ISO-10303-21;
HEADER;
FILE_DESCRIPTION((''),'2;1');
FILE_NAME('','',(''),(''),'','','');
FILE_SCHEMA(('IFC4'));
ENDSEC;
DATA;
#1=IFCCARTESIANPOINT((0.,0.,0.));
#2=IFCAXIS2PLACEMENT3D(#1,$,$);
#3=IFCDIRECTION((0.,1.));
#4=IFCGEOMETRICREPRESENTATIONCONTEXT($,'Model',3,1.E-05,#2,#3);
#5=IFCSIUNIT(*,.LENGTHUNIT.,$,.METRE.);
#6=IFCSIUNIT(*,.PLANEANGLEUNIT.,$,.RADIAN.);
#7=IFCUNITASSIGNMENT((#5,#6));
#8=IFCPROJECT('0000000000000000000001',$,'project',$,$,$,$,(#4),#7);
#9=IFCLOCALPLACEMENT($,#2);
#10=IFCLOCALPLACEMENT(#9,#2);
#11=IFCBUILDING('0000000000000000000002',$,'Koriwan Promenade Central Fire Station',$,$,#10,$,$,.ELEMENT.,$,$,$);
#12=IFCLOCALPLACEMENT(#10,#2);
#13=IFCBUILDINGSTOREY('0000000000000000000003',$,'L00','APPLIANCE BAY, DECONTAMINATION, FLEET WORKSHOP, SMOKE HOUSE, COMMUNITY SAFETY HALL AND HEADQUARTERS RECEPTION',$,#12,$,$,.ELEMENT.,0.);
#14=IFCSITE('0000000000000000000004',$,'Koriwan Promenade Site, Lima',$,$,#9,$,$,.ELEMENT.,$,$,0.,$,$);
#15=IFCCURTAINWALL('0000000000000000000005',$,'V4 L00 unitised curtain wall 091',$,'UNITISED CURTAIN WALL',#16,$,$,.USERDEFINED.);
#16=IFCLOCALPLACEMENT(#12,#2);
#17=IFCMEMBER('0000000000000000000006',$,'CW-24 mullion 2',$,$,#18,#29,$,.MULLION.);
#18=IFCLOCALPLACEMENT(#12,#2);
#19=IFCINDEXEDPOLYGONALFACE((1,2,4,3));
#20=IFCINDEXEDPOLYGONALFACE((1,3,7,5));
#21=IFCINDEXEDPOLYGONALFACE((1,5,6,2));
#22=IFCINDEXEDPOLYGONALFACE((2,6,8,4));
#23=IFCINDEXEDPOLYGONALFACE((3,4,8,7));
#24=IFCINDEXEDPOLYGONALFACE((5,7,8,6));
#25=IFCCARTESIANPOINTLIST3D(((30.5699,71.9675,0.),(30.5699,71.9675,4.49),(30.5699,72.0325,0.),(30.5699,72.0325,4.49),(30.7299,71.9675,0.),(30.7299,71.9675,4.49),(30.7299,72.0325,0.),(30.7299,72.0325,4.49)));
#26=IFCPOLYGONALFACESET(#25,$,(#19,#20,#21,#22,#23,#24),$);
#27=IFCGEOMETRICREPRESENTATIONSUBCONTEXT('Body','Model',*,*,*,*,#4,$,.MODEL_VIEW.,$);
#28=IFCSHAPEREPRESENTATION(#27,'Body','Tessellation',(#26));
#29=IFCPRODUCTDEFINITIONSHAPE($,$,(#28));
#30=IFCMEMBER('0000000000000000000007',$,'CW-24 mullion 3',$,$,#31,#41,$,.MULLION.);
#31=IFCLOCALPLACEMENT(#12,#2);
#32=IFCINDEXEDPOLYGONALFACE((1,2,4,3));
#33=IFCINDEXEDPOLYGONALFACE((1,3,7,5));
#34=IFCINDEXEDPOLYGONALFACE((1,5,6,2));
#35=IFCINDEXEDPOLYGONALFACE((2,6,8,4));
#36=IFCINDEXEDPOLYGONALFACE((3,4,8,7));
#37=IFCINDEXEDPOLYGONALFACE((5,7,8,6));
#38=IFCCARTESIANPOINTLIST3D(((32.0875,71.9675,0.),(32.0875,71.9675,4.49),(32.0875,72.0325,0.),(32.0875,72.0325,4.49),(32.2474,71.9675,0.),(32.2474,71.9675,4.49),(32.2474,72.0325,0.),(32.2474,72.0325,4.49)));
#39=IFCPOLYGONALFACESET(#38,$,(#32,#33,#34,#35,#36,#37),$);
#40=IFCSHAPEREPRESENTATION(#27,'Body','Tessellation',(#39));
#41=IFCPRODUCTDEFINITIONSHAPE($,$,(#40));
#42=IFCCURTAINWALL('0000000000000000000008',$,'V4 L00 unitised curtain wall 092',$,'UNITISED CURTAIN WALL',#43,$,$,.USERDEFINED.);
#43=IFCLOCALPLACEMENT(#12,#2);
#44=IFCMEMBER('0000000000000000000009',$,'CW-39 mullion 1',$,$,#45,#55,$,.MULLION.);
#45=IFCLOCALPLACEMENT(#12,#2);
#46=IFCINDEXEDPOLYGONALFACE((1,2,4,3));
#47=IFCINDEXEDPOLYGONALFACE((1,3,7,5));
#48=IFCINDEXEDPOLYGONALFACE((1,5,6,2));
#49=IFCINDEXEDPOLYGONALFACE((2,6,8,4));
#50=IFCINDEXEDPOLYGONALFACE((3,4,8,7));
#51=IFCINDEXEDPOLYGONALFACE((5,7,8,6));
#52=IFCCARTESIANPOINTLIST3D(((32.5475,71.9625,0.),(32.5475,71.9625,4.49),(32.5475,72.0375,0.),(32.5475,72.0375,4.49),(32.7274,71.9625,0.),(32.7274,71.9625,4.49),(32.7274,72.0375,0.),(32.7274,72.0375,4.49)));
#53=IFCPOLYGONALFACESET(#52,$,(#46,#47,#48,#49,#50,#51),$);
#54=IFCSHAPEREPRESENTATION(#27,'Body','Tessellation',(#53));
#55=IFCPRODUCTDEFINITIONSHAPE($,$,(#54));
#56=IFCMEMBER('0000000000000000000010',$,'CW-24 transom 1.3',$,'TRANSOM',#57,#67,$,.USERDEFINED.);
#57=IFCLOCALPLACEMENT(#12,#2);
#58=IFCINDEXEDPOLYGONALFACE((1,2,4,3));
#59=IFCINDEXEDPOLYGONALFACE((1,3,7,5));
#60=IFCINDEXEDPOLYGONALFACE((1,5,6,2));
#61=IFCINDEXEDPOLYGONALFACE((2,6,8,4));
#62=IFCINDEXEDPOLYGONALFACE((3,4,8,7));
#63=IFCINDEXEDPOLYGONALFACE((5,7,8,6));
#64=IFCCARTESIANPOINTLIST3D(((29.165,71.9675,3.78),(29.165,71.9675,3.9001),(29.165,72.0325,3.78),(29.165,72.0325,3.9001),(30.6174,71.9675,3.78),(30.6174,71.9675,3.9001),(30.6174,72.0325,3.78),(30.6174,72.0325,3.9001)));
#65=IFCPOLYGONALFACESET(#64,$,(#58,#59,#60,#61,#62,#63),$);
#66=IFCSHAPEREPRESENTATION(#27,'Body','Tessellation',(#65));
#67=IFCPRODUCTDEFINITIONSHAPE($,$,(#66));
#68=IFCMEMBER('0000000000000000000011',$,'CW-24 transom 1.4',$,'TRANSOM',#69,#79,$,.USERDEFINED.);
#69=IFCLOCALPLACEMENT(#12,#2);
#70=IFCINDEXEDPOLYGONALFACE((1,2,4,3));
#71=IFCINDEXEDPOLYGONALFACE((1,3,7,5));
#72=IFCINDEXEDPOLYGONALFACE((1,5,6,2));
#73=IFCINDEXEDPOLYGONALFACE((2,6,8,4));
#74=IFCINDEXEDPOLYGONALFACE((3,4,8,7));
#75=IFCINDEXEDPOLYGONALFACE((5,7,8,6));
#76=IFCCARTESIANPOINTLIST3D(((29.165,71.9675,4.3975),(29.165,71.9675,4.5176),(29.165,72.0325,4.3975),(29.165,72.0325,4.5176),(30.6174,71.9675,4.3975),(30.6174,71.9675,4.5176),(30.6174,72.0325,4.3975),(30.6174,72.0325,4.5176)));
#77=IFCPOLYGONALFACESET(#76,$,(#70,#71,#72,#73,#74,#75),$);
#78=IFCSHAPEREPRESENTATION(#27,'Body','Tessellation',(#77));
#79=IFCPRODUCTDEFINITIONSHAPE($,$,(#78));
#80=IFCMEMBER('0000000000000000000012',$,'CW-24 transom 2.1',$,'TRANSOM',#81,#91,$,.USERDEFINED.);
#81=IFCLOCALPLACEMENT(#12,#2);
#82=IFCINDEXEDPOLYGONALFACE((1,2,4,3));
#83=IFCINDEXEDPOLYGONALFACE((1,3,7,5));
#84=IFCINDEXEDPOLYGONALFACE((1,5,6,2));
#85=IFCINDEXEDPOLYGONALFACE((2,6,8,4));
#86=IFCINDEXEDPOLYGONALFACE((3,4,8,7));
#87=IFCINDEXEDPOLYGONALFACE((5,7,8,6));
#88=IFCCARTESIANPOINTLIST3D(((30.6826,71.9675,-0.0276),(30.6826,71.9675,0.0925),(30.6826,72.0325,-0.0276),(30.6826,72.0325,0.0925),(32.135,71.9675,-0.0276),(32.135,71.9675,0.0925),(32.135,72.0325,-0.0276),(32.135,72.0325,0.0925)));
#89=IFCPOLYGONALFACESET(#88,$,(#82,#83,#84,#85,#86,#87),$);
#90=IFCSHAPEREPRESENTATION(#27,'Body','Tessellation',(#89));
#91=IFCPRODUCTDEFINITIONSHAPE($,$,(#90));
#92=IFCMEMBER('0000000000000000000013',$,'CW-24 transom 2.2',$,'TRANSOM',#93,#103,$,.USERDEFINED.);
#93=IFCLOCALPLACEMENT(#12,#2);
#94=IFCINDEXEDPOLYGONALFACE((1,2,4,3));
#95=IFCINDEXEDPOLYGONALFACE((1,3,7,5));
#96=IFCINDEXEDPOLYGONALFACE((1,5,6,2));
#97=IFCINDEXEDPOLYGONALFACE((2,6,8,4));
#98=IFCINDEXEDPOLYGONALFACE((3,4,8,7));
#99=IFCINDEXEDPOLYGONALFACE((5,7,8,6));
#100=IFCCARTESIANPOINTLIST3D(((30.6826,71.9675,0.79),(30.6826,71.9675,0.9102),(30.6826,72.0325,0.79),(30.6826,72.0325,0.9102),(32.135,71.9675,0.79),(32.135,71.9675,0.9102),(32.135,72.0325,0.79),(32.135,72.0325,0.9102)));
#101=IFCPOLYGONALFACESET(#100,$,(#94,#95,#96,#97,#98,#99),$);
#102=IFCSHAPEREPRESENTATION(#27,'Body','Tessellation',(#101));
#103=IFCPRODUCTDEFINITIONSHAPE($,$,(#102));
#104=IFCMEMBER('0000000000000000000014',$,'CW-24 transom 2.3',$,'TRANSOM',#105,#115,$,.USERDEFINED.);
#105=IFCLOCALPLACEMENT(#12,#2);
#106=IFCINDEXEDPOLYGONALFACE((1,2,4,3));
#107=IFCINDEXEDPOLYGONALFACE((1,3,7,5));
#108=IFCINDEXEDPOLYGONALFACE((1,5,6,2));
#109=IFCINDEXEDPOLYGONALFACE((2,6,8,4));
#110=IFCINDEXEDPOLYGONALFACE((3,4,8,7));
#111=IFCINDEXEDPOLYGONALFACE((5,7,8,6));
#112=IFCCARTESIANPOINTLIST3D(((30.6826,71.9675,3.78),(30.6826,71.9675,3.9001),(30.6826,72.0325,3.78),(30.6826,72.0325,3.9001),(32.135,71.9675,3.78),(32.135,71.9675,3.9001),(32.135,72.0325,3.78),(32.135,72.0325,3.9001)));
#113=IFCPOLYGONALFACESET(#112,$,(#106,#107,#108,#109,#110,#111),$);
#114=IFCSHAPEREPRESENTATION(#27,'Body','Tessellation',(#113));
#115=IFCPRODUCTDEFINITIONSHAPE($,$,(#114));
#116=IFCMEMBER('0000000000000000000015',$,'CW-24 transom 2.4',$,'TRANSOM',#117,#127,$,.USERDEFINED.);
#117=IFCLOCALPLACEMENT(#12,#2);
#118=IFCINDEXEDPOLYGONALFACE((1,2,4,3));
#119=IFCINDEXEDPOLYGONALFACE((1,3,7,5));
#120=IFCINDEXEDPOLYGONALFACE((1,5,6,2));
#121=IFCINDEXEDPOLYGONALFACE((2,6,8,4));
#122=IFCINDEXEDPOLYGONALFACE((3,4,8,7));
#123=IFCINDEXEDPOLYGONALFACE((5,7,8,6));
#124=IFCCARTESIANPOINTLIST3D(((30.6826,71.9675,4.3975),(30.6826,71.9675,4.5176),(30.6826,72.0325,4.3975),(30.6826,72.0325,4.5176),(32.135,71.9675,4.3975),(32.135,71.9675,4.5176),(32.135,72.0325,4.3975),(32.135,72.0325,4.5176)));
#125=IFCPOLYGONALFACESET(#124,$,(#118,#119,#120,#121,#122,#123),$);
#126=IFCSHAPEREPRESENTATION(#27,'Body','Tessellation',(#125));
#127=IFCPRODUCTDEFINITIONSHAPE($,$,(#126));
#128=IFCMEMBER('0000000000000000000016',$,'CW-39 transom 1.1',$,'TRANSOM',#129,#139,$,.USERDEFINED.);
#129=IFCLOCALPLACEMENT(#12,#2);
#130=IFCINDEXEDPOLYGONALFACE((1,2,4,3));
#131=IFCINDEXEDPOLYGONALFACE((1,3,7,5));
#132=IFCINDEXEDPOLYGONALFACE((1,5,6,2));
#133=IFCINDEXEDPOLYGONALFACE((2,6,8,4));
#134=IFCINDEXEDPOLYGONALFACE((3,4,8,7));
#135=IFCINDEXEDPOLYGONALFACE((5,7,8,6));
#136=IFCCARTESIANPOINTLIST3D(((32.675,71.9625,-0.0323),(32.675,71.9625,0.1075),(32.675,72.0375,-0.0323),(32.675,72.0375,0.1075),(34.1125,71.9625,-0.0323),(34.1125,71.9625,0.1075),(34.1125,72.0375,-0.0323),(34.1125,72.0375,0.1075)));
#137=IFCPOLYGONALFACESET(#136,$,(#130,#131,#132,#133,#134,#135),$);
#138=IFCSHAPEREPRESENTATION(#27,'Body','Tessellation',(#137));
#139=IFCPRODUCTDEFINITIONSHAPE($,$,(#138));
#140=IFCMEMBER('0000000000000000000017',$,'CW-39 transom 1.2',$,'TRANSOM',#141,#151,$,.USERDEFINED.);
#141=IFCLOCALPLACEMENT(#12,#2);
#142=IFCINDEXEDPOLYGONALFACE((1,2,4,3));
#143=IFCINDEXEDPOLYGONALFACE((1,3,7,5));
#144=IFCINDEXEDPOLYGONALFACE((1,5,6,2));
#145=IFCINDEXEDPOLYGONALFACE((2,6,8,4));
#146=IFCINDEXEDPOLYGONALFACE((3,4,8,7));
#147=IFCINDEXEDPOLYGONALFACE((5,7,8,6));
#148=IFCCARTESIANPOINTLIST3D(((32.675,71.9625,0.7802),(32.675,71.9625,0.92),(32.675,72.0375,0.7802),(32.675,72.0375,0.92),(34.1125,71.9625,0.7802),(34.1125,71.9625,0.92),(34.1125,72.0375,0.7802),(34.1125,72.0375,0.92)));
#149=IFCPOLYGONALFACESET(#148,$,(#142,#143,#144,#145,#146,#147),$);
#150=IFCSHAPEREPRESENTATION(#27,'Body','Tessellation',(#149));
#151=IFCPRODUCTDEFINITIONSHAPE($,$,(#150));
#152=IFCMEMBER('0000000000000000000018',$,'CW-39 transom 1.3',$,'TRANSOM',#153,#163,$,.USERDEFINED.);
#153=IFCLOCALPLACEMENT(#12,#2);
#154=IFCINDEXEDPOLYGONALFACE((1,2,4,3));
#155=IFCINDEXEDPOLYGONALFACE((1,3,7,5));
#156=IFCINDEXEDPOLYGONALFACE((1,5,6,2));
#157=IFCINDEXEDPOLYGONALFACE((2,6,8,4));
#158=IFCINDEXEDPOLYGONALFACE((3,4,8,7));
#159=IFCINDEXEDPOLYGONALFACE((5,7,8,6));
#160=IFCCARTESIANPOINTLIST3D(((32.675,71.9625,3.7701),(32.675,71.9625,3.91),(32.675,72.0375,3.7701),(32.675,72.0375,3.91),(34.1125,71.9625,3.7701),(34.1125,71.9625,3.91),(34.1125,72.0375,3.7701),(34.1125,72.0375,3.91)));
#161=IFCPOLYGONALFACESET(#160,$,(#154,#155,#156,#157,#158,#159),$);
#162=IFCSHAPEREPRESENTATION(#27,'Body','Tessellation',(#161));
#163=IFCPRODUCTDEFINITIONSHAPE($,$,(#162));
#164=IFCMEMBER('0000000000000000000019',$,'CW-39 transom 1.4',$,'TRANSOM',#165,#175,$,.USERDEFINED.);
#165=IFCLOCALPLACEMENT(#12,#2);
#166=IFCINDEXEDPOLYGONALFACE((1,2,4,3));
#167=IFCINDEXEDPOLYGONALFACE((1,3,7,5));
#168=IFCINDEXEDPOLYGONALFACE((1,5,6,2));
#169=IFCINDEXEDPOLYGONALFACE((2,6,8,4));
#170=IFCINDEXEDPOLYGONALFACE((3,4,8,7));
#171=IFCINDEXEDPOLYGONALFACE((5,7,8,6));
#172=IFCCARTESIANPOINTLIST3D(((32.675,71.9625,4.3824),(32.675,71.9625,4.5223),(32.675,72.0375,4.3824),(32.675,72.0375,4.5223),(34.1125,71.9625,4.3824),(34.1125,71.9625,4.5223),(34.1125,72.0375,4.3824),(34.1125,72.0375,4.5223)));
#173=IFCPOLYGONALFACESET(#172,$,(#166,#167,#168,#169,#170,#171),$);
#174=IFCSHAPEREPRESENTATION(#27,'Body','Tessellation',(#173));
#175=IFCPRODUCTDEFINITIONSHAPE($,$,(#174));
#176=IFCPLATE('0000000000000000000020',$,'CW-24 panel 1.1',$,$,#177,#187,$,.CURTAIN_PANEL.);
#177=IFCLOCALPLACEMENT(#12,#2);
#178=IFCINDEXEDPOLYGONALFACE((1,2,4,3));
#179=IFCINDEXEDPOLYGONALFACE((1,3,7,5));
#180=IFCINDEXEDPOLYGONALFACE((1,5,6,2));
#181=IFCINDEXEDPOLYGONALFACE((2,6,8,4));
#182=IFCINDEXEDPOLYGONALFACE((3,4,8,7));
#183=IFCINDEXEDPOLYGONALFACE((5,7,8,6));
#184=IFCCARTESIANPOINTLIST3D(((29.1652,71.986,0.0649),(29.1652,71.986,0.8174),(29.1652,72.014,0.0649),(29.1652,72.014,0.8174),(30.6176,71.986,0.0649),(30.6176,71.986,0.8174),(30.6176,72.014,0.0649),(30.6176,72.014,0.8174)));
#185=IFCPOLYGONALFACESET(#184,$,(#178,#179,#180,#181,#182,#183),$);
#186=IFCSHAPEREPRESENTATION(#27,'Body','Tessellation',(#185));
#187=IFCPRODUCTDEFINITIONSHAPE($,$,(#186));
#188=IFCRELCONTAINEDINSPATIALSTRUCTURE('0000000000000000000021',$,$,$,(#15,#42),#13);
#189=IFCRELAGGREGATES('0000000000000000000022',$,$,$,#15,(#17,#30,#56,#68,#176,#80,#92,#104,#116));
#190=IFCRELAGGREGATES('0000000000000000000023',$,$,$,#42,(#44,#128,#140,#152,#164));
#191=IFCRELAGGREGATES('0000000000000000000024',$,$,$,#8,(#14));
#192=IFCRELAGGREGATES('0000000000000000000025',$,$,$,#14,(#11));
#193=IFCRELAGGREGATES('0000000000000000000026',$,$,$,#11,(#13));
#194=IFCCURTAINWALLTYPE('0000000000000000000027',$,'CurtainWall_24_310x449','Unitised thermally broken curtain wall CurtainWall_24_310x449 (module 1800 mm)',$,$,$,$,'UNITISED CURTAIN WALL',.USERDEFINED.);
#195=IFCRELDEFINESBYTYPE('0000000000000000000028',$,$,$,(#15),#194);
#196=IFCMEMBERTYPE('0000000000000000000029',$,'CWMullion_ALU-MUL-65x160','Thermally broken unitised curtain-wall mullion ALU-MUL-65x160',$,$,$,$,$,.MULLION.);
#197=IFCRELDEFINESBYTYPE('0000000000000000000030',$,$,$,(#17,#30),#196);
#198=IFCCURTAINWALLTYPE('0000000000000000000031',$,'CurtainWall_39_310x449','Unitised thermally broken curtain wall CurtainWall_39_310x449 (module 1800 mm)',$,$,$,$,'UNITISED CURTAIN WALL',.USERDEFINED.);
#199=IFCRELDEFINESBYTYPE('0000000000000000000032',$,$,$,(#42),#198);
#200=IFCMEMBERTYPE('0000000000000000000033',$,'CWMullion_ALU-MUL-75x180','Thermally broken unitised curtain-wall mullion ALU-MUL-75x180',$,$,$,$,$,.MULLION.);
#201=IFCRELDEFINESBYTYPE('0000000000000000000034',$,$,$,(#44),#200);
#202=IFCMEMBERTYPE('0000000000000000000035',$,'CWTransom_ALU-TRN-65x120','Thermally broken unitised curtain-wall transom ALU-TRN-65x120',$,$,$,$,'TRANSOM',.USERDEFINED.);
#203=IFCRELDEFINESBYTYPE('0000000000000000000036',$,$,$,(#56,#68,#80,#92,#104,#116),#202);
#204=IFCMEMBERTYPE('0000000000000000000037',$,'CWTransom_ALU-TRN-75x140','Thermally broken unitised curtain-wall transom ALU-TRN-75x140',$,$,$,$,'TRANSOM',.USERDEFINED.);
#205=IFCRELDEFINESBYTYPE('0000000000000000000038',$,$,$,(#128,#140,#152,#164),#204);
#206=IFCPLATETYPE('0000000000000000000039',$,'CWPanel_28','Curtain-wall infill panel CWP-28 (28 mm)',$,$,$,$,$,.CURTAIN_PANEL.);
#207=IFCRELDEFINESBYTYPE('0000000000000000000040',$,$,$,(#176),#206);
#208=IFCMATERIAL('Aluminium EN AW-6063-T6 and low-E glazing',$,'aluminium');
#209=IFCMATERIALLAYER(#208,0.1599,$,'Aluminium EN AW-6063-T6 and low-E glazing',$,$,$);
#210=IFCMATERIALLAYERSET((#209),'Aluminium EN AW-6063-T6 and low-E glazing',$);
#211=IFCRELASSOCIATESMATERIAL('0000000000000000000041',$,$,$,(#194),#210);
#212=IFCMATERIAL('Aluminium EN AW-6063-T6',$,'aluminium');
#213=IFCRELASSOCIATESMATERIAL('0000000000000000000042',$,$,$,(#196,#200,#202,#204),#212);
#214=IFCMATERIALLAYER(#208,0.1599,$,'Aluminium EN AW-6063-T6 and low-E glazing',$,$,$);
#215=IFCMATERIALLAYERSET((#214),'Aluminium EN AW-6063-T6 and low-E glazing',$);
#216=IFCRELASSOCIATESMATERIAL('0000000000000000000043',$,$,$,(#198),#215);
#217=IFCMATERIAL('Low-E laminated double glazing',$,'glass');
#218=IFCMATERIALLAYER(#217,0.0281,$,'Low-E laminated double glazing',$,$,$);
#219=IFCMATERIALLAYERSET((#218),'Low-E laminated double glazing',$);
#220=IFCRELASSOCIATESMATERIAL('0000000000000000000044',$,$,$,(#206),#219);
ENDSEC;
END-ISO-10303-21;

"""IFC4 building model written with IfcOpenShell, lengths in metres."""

from ifc_helpers import new_model, si_unit, direction, frame, origin, origin_2d, place, context, subcontext, project, spatial, rectangle, extrude, material, layer, layer_set, material_profile, profile_set, type_object, element, aggregate, save


model = new_model("IFC4")

# Units and contexts
model_context = context("Model", 3, precision=1e-05, world=origin(), true_north=direction((0.0, 1.0)))
body_context = subcontext(model_context, "Body", "Model", "MODEL_VIEW")
ifc_project = project(units=[si_unit("LENGTHUNIT", "METRE"), si_unit("PLANEANGLEUNIT", "RADIAN")], contexts=[model_context])

# Site, building, storey
site_placement = place(None, origin())
site = spatial("IfcSite", under=ifc_project, at=site_placement, Name="Koriwan Promenade Site, Lima", CompositionType="ELEMENT", RefElevation=0.0)
building_placement = place(site_placement, origin())
building = spatial("IfcBuilding", under=site, at=building_placement, Name="Koriwan Promenade Central Fire Station", CompositionType="ELEMENT")
storey_placement = place(building_placement, origin())
storey = spatial("IfcBuildingStorey", under=building, at=storey_placement, Name="L00", Description="APPLIANCE BAY, DECONTAMINATION, FLEET WORKSHOP, SMOKE HOUSE, COMMUNITY SAFETY HALL AND HEADQUARTERS RECEPTION", CompositionType="ELEMENT", Elevation=0.0)

# Curtain wall, members
ifc_material_1 = material(Name="Aluminium EN AW-6063-T6 and low-E glazing", Category="aluminium")
ifc_layer_1 = layer(ifc_material_1, 0.1599, Name="Aluminium EN AW-6063-T6 and low-E glazing")
ifc_layer_set_1 = layer_set([ifc_layer_1], Name="Aluminium EN AW-6063-T6 and low-E glazing")
curtain_wall_type_1 = type_object("IfcCurtainWallType", Name="CurtainWall_24_310x449", Description="Unitised thermally broken curtain wall CurtainWall_24_310x449 (module 1800 mm)", ElementType="UNITISED CURTAIN WALL", PredefinedType="USERDEFINED", material=ifc_layer_set_1)
curtain_wall_1_placement = place(storey_placement, origin())
curtain_wall_1 = element("IfcCurtainWall", 1, at=curtain_wall_1_placement, inside=storey, type_object=curtain_wall_type_1, Name="V4 L00 unitised curtain wall 091", ObjectType="UNITISED CURTAIN WALL", PredefinedType="USERDEFINED")
ifc_material_2 = material(Name="Aluminium EN AW-6063-T6", Category="aluminium")
ifc_material_profile_1 = material_profile(ifc_material_2, rectangle(XDim=0.0649, YDim=0.1599, at=origin_2d()), Name="ALU-MUL-65x160")
ifc_profile_set_1 = profile_set([ifc_material_profile_1], Name="Aluminium EN AW-6063-T6")
member_type_1 = type_object("IfcMemberType", Name="CWMullion_ALU-MUL-65x160", Description="Thermally broken unitised curtain-wall mullion ALU-MUL-65x160", PredefinedType="MULLION", material=ifc_profile_set_1)
member_1_placement = place(storey_placement, frame((30.6499, 72.0, 0.0), z_axis=(0.0, 0.0, 1.0), x_axis=(0.0, 1.0, 0.0)))
member_1 = element("IfcMember", 2, at=member_1_placement, type_object=member_type_1, Name="CW-24 mullion 2", PredefinedType="MULLION", context=body_context, shape_type="SweptSolid", body=[
    extrude(rectangle(XDim=0.0649, YDim=0.1599, at=origin_2d()), origin(), (0.0, 0.0, 1.0), 4.49),
])
member_2_placement = place(storey_placement, frame((32.1675, 72.0, 0.0), z_axis=(0.0, 0.0, 1.0), x_axis=(0.0, 1.0, 0.0)))
member_2 = element("IfcMember", 3, at=member_2_placement, type_object=member_type_1, Name="CW-24 mullion 3", PredefinedType="MULLION", context=body_context, shape_type="SweptSolid", body=[
    extrude(rectangle(XDim=0.0649, YDim=0.1599, at=origin_2d()), origin(), (0.0, 0.0, 1.0), 4.49),
])

# Curtain wall, member
ifc_layer_2 = layer(ifc_material_1, 0.1599, Name="Aluminium EN AW-6063-T6 and low-E glazing")
ifc_layer_set_2 = layer_set([ifc_layer_2], Name="Aluminium EN AW-6063-T6 and low-E glazing")
curtain_wall_type_2 = type_object("IfcCurtainWallType", Name="CurtainWall_39_310x449", Description="Unitised thermally broken curtain wall CurtainWall_39_310x449 (module 1800 mm)", ElementType="UNITISED CURTAIN WALL", PredefinedType="USERDEFINED", material=ifc_layer_set_2)
curtain_wall_2_placement = place(storey_placement, origin())
curtain_wall_2 = element("IfcCurtainWall", 4, at=curtain_wall_2_placement, inside=storey, type_object=curtain_wall_type_2, Name="V4 L00 unitised curtain wall 092", ObjectType="UNITISED CURTAIN WALL", PredefinedType="USERDEFINED")
ifc_material_profile_2 = material_profile(ifc_material_2, rectangle(XDim=0.075, YDim=0.1799, at=origin_2d()), Name="ALU-MUL-75x180")
ifc_profile_set_2 = profile_set([ifc_material_profile_2], Name="Aluminium EN AW-6063-T6")
member_type_2 = type_object("IfcMemberType", Name="CWMullion_ALU-MUL-75x180", Description="Thermally broken unitised curtain-wall mullion ALU-MUL-75x180", PredefinedType="MULLION", material=ifc_profile_set_2)
member_3_placement = place(storey_placement, frame((32.6375, 72.0, 0.0), z_axis=(0.0, 0.0, 1.0), x_axis=(0.0, 1.0, 0.0)))
member_3 = element("IfcMember", 5, at=member_3_placement, type_object=member_type_2, Name="CW-39 mullion 1", PredefinedType="MULLION", context=body_context, shape_type="SweptSolid", body=[
    extrude(rectangle(XDim=0.075, YDim=0.1799, at=origin_2d()), origin(), (0.0, 0.0, 1.0), 4.49),
])

# Members
ifc_material_profile_3 = material_profile(ifc_material_2, rectangle(XDim=0.0649, YDim=0.1201, at=origin_2d()), Name="ALU-TRN-65x120")
ifc_profile_set_3 = profile_set([ifc_material_profile_3], Name="Aluminium EN AW-6063-T6")
member_type_3 = type_object("IfcMemberType", Name="CWTransom_ALU-TRN-65x120", Description="Thermally broken unitised curtain-wall transom ALU-TRN-65x120", ElementType="TRANSOM", PredefinedType="USERDEFINED", material=ifc_profile_set_3)
member_4_placement = place(storey_placement, frame((29.165, 72.0, 3.8401), z_axis=(1.0, 0.0, 0.0), x_axis=(0.0, 1.0, 0.0)))
member_4 = element("IfcMember", 6, at=member_4_placement, type_object=member_type_3, Name="CW-24 transom 1.3", ObjectType="TRANSOM", PredefinedType="USERDEFINED", context=body_context, shape_type="SweptSolid", body=[
    extrude(rectangle(XDim=0.0649, YDim=0.1201, at=origin_2d()), origin(), (0.0, 0.0, 1.0), 1.4524),
])
member_5_placement = place(storey_placement, frame((29.165, 72.0, 4.4575), z_axis=(1.0, 0.0, 0.0), x_axis=(0.0, 1.0, 0.0)))
member_5 = element("IfcMember", 7, at=member_5_placement, type_object=member_type_3, Name="CW-24 transom 1.4", ObjectType="TRANSOM", PredefinedType="USERDEFINED", context=body_context, shape_type="SweptSolid", body=[
    extrude(rectangle(XDim=0.0649, YDim=0.1201, at=origin_2d()), origin(), (0.0, 0.0, 1.0), 1.4524),
])
member_6_placement = place(storey_placement, frame((30.6826, 72.0, 0.0325), z_axis=(1.0, 0.0, 0.0), x_axis=(0.0, 1.0, 0.0)))
member_6 = element("IfcMember", 8, at=member_6_placement, type_object=member_type_3, Name="CW-24 transom 2.1", ObjectType="TRANSOM", PredefinedType="USERDEFINED", context=body_context, shape_type="SweptSolid", body=[
    extrude(rectangle(XDim=0.0649, YDim=0.1201, at=origin_2d()), origin(), (0.0, 0.0, 1.0), 1.4524),
])
member_7_placement = place(storey_placement, frame((30.6826, 72.0, 0.8501), z_axis=(1.0, 0.0, 0.0), x_axis=(0.0, 1.0, 0.0)))
member_7 = element("IfcMember", 9, at=member_7_placement, type_object=member_type_3, Name="CW-24 transom 2.2", ObjectType="TRANSOM", PredefinedType="USERDEFINED", context=body_context, shape_type="SweptSolid", body=[
    extrude(rectangle(XDim=0.0649, YDim=0.1201, at=origin_2d()), origin(), (0.0, 0.0, 1.0), 1.4524),
])
member_8_placement = place(storey_placement, frame((30.6826, 72.0, 3.8401), z_axis=(1.0, 0.0, 0.0), x_axis=(0.0, 1.0, 0.0)))
member_8 = element("IfcMember", 10, at=member_8_placement, type_object=member_type_3, Name="CW-24 transom 2.3", ObjectType="TRANSOM", PredefinedType="USERDEFINED", context=body_context, shape_type="SweptSolid", body=[
    extrude(rectangle(XDim=0.0649, YDim=0.1201, at=origin_2d()), origin(), (0.0, 0.0, 1.0), 1.4524),
])
member_9_placement = place(storey_placement, frame((30.6826, 72.0, 4.4575), z_axis=(1.0, 0.0, 0.0), x_axis=(0.0, 1.0, 0.0)))
member_9 = element("IfcMember", 11, at=member_9_placement, type_object=member_type_3, Name="CW-24 transom 2.4", ObjectType="TRANSOM", PredefinedType="USERDEFINED", context=body_context, shape_type="SweptSolid", body=[
    extrude(rectangle(XDim=0.0649, YDim=0.1201, at=origin_2d()), origin(), (0.0, 0.0, 1.0), 1.4524),
])
ifc_material_profile_4 = material_profile(ifc_material_2, rectangle(XDim=0.075, YDim=0.1399, at=origin_2d()), Name="ALU-TRN-75x140")
ifc_profile_set_4 = profile_set([ifc_material_profile_4], Name="Aluminium EN AW-6063-T6")
member_type_4 = type_object("IfcMemberType", Name="CWTransom_ALU-TRN-75x140", Description="Thermally broken unitised curtain-wall transom ALU-TRN-75x140", ElementType="TRANSOM", PredefinedType="USERDEFINED", material=ifc_profile_set_4)
member_10_placement = place(storey_placement, frame((32.675, 72.0, 0.0376), z_axis=(1.0, 0.0, 0.0), x_axis=(0.0, 1.0, 0.0)))
member_10 = element("IfcMember", 12, at=member_10_placement, type_object=member_type_4, Name="CW-39 transom 1.1", ObjectType="TRANSOM", PredefinedType="USERDEFINED", context=body_context, shape_type="SweptSolid", body=[
    extrude(rectangle(XDim=0.075, YDim=0.1399, at=origin_2d()), origin(), (0.0, 0.0, 1.0), 1.4375),
])
member_11_placement = place(storey_placement, frame((32.675, 72.0, 0.8501), z_axis=(1.0, 0.0, 0.0), x_axis=(0.0, 1.0, 0.0)))
member_11 = element("IfcMember", 13, at=member_11_placement, type_object=member_type_4, Name="CW-39 transom 1.2", ObjectType="TRANSOM", PredefinedType="USERDEFINED", context=body_context, shape_type="SweptSolid", body=[
    extrude(rectangle(XDim=0.075, YDim=0.1399, at=origin_2d()), origin(), (0.0, 0.0, 1.0), 1.4375),
])
member_12_placement = place(storey_placement, frame((32.675, 72.0, 3.8401), z_axis=(1.0, 0.0, 0.0), x_axis=(0.0, 1.0, 0.0)))
member_12 = element("IfcMember", 14, at=member_12_placement, type_object=member_type_4, Name="CW-39 transom 1.3", ObjectType="TRANSOM", PredefinedType="USERDEFINED", context=body_context, shape_type="SweptSolid", body=[
    extrude(rectangle(XDim=0.075, YDim=0.1399, at=origin_2d()), origin(), (0.0, 0.0, 1.0), 1.4375),
])
member_13_placement = place(storey_placement, frame((32.675, 72.0, 4.4524), z_axis=(1.0, 0.0, 0.0), x_axis=(0.0, 1.0, 0.0)))
member_13 = element("IfcMember", 15, at=member_13_placement, type_object=member_type_4, Name="CW-39 transom 1.4", ObjectType="TRANSOM", PredefinedType="USERDEFINED", context=body_context, shape_type="SweptSolid", body=[
    extrude(rectangle(XDim=0.075, YDim=0.1399, at=origin_2d()), origin(), (0.0, 0.0, 1.0), 1.4375),
])

# Plate
ifc_material_3 = material(Name="Low-E laminated double glazing", Category="glass")
ifc_layer_3 = layer(ifc_material_3, 0.0281, Name="Low-E laminated double glazing")
ifc_layer_set_3 = layer_set([ifc_layer_3], Name="Low-E laminated double glazing")
plate_type_1 = type_object("IfcPlateType", Name="CWPanel_28", Description="Curtain-wall infill panel CWP-28 (28 mm)", PredefinedType="CURTAIN_PANEL", material=ifc_layer_set_3)
plate_1_placement = place(storey_placement, frame((29.8914, 72.0, 0.0649), z_axis=(0.0, 0.0, 1.0), x_axis=(1.0, 0.0, 0.0)))
plate_1 = element("IfcPlate", 16, at=plate_1_placement, type_object=plate_type_1, Name="CW-24 panel 1.1", PredefinedType="CURTAIN_PANEL", context=body_context, shape_type="SweptSolid", body=[
    extrude(rectangle(XDim=1.4524, YDim=0.0281, at=origin_2d()), origin(), (0.0, 0.0, 1.0), 0.7524),
])
aggregate(curtain_wall_1, [member_1, member_2, member_4, member_5, plate_1, member_6, member_7, member_8, member_9])
aggregate(curtain_wall_2, [member_3, member_10, member_11, member_12, member_13])

save(model, "model.ifc")
